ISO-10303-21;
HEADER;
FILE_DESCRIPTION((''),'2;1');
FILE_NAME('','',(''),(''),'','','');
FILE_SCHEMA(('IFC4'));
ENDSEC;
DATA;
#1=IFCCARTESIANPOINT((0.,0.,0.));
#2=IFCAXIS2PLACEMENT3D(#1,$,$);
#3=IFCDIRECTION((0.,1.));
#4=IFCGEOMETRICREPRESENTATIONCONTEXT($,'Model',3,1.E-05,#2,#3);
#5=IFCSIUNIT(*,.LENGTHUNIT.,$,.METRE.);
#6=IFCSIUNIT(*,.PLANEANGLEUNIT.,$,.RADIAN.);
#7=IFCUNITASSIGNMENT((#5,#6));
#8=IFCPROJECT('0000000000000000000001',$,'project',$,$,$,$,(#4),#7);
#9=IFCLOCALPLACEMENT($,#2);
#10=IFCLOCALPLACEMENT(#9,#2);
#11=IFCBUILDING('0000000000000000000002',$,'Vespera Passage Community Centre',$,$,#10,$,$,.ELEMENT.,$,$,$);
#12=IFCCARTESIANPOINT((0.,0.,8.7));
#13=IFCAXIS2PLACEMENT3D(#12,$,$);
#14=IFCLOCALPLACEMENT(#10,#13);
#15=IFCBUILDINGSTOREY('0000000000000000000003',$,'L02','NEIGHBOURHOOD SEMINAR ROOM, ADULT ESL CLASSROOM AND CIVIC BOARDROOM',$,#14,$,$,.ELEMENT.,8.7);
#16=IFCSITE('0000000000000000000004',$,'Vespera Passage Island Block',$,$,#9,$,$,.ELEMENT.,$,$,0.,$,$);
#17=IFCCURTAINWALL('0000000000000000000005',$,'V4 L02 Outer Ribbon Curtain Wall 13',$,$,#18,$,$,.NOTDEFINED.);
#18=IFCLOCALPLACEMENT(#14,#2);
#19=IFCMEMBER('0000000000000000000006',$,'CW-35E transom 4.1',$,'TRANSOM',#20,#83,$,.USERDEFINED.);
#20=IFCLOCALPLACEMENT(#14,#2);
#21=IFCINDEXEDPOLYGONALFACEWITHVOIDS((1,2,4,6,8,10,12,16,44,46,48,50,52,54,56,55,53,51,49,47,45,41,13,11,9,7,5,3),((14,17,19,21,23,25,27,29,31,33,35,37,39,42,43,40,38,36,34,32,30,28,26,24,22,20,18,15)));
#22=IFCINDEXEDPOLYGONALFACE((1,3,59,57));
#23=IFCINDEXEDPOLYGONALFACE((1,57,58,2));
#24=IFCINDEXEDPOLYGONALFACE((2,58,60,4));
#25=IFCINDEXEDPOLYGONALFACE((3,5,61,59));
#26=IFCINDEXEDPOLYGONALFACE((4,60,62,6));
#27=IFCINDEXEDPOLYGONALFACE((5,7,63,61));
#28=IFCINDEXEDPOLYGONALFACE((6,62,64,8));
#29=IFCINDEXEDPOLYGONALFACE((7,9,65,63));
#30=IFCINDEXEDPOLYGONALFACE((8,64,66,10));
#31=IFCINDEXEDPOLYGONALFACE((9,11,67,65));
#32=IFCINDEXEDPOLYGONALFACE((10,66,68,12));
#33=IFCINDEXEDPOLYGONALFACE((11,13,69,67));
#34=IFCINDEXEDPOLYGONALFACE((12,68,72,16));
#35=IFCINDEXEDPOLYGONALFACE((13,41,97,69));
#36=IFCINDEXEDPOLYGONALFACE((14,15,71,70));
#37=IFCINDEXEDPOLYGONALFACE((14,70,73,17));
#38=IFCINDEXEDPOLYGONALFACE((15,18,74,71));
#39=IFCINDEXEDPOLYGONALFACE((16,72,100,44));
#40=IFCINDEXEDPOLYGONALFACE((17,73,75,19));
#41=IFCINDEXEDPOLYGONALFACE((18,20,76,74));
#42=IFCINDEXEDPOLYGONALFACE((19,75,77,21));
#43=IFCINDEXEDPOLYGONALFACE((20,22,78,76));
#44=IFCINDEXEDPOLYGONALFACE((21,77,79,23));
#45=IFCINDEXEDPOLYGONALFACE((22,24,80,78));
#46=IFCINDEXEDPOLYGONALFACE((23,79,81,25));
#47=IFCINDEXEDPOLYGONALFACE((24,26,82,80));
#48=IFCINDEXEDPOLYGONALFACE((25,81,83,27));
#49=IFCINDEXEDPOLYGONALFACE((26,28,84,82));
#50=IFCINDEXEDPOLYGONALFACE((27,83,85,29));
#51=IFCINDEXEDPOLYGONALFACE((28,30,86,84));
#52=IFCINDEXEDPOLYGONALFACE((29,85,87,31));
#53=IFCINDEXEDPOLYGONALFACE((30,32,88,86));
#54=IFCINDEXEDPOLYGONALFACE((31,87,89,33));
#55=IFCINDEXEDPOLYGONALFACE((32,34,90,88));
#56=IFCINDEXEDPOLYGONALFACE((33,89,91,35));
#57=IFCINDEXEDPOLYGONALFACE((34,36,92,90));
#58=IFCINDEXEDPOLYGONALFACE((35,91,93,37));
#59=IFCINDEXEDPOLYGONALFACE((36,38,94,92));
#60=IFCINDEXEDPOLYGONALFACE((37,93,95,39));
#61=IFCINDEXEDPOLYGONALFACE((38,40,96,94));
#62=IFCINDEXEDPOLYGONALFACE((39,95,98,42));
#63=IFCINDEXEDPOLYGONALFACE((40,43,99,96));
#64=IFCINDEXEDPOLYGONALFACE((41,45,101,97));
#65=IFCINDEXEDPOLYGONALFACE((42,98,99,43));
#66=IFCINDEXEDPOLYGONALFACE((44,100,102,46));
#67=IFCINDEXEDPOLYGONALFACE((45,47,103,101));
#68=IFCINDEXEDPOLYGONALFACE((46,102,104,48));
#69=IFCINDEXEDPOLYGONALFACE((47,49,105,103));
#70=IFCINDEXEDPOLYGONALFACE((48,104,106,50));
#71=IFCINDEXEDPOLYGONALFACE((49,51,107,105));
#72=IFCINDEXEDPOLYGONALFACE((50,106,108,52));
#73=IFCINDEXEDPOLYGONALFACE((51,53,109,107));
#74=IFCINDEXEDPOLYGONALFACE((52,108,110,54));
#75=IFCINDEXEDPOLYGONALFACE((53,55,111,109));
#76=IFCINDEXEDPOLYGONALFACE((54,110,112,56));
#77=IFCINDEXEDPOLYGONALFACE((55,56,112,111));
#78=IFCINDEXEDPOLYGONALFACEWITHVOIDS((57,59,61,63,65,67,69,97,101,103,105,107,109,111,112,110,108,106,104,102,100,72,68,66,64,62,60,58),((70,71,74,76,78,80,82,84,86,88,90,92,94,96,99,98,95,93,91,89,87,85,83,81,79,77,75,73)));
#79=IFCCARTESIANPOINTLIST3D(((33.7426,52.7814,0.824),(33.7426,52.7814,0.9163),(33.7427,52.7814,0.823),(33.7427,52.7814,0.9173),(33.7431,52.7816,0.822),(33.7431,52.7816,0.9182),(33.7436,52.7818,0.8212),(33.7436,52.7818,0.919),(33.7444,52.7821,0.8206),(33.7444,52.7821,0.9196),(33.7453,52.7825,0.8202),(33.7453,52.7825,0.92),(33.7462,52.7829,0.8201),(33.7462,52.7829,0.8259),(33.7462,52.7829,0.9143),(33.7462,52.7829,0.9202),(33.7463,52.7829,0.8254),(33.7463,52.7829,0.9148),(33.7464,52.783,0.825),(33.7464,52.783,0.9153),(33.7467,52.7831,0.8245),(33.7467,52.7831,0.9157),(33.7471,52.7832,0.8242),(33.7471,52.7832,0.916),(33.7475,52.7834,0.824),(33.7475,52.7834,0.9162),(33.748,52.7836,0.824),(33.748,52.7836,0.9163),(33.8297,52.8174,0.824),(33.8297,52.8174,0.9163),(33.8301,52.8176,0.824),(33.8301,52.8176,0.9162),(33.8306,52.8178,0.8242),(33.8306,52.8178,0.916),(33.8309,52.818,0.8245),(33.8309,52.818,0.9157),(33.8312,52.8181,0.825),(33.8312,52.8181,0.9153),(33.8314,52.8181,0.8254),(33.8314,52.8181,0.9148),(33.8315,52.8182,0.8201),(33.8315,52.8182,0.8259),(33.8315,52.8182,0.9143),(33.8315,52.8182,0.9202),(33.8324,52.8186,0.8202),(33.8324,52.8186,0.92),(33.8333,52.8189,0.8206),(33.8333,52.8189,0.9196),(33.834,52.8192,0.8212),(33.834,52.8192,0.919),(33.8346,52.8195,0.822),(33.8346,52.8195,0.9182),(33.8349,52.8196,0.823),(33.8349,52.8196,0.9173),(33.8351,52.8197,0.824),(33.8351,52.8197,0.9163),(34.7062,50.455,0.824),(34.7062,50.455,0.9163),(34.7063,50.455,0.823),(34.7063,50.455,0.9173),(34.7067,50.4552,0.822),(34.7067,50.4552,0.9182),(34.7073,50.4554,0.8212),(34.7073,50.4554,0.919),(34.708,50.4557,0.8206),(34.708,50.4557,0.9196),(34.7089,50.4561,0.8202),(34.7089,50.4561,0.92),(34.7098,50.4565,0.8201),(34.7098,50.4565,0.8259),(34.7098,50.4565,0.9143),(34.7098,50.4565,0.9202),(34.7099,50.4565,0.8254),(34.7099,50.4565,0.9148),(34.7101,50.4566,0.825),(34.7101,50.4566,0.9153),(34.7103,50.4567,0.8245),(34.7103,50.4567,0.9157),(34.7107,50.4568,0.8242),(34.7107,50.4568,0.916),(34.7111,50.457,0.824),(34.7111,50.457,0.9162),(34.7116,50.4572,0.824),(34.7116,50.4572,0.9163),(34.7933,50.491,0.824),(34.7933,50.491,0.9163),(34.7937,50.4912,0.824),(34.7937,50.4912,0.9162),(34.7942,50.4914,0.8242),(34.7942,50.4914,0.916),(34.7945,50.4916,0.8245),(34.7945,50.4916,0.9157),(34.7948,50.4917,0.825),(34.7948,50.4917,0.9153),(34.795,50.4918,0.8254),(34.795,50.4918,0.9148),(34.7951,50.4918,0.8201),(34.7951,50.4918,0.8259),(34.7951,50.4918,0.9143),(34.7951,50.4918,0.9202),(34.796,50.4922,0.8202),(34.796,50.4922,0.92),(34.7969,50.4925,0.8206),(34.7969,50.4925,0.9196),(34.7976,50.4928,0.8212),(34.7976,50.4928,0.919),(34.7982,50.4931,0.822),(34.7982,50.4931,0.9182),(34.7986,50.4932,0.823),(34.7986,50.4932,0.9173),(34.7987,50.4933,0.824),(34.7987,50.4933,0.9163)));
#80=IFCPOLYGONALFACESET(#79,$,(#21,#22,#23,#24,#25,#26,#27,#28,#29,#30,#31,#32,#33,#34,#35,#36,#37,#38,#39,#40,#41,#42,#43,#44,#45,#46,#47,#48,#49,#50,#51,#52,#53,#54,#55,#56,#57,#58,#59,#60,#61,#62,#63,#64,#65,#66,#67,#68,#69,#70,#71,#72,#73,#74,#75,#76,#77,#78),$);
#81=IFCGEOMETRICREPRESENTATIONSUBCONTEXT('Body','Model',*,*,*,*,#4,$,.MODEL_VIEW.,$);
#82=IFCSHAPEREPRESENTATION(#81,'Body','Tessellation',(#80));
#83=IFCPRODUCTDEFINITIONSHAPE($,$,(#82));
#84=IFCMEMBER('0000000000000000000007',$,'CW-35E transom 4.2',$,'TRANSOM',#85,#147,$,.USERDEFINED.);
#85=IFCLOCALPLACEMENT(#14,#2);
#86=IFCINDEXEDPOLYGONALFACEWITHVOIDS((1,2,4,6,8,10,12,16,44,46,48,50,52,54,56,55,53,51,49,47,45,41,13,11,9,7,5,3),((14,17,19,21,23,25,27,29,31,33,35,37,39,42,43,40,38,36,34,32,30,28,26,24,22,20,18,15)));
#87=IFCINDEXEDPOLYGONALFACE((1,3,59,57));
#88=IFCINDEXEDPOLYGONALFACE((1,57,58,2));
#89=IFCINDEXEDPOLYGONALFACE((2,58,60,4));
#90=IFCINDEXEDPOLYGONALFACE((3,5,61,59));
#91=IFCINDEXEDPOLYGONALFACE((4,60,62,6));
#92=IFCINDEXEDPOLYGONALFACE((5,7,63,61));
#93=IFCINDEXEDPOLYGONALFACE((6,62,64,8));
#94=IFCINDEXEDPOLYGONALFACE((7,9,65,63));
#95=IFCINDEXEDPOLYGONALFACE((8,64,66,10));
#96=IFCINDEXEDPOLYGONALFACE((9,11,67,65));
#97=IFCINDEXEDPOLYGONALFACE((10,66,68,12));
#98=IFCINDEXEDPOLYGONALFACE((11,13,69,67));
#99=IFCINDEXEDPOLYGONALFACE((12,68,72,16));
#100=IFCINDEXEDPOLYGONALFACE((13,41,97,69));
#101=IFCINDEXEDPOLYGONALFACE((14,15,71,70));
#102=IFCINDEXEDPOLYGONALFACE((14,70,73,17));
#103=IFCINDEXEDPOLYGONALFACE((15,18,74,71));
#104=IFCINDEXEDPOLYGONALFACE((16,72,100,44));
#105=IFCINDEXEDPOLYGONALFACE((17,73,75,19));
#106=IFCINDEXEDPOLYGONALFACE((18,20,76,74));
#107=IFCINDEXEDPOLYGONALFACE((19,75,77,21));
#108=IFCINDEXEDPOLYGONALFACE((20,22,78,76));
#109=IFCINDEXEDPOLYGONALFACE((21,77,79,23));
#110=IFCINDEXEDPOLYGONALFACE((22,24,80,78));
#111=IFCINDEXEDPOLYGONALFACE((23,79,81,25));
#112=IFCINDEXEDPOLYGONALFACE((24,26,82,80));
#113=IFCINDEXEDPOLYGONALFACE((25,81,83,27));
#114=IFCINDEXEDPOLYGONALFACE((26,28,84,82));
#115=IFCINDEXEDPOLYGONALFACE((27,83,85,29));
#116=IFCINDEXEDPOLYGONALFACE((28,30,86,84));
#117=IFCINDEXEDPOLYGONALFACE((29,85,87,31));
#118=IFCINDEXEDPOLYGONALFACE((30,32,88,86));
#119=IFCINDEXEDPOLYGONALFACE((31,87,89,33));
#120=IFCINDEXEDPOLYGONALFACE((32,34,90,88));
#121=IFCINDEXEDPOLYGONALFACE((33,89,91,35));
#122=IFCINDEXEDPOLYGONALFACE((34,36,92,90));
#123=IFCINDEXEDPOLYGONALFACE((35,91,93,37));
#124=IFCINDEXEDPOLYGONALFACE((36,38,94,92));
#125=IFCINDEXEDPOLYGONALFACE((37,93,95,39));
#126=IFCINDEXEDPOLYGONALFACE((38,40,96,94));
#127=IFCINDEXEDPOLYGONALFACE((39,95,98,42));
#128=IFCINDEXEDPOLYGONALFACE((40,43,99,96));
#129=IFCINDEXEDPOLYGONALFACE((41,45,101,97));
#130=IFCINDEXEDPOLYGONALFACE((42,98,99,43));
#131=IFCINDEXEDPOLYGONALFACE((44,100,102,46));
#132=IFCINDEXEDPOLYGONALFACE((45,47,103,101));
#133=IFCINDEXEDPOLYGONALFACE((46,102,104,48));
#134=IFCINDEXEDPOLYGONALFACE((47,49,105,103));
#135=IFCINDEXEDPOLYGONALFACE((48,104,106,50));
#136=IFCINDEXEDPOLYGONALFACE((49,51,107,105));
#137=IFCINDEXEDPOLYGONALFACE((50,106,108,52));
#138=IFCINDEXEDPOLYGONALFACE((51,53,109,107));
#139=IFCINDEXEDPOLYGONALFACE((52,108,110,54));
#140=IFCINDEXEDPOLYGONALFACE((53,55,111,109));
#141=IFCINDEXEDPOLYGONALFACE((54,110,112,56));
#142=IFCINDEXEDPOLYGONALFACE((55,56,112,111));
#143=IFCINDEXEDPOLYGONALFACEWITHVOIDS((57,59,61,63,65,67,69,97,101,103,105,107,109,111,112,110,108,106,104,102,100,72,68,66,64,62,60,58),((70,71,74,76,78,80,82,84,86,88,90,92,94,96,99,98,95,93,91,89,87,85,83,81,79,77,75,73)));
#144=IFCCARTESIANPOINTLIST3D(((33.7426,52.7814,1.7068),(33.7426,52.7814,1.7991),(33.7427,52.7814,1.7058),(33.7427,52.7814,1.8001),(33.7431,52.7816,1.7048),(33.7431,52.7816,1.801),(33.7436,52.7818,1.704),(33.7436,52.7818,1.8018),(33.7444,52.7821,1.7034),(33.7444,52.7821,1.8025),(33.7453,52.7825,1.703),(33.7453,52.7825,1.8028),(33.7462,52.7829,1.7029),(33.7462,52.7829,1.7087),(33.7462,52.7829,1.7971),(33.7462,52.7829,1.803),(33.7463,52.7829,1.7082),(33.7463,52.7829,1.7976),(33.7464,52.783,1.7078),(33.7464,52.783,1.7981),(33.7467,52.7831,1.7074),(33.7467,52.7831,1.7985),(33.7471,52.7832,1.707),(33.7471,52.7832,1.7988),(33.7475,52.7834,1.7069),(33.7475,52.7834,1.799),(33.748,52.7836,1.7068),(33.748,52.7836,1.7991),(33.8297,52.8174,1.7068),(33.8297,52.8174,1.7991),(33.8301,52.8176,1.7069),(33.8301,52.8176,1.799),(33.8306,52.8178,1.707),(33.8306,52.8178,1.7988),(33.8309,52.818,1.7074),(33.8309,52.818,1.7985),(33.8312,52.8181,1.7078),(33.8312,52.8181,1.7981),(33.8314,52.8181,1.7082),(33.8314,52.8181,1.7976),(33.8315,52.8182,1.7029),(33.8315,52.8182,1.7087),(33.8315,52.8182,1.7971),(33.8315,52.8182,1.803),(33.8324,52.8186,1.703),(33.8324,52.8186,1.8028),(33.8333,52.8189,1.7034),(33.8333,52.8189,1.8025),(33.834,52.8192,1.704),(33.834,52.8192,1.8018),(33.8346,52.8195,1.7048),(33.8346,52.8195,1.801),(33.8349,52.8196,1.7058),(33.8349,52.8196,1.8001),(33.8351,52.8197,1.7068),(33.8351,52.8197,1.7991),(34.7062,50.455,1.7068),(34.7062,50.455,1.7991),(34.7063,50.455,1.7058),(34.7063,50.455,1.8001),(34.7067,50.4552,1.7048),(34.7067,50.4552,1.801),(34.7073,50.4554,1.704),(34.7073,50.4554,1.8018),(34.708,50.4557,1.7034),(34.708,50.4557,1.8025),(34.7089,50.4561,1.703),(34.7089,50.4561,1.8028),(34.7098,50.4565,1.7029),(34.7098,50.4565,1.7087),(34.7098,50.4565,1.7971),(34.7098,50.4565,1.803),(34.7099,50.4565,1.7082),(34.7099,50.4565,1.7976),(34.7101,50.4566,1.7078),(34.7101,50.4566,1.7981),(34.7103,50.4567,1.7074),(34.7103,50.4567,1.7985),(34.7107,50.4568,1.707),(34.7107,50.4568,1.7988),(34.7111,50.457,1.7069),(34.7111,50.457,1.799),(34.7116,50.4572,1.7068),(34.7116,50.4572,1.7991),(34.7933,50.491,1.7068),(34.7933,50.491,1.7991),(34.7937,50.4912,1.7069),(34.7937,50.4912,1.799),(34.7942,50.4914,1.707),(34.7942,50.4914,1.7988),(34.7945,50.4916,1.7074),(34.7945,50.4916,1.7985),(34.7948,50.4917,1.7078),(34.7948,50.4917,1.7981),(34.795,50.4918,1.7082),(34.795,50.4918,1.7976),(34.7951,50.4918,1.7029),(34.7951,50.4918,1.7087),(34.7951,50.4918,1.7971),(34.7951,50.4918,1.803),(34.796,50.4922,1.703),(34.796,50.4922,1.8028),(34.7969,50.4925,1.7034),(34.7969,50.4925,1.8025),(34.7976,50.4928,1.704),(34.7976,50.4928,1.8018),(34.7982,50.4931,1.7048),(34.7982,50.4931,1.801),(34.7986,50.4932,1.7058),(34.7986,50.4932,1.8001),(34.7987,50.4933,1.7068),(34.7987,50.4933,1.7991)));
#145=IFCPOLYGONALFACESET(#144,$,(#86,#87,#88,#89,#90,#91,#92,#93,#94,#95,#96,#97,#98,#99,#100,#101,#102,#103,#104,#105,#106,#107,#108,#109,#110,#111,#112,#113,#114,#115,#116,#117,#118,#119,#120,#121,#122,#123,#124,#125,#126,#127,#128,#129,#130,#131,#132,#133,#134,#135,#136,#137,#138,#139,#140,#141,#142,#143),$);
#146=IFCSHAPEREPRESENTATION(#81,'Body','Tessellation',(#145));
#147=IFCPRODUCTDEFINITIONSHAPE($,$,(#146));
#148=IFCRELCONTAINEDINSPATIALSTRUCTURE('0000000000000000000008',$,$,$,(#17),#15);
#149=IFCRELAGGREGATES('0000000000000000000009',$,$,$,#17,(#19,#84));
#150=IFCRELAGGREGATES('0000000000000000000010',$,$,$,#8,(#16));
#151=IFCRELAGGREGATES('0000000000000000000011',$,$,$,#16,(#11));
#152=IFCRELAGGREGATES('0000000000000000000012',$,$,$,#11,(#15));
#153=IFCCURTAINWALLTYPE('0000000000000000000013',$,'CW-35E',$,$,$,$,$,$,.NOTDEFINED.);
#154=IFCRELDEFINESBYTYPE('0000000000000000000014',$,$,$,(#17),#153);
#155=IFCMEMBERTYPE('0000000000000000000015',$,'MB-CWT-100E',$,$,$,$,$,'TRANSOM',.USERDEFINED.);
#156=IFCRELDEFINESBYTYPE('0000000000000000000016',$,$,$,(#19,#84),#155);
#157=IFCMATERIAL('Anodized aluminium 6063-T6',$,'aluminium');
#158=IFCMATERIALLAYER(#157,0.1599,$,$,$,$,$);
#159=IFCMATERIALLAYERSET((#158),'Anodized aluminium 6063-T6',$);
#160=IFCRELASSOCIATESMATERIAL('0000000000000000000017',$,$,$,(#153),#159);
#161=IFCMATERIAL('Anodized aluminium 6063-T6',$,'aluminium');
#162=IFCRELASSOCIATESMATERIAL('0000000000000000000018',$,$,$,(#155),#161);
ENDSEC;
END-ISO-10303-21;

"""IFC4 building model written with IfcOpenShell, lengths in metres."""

from ifc_helpers import new_model, si_unit, direction, frame, origin, origin_2d, place, context, subcontext, project, spatial, hollow_rectangle, extrude, material, layer, layer_set, material_profile, profile_set, type_object, element, aggregate, save


model = new_model("IFC4")

# Units and contexts
model_context = context("Model", 3, precision=1e-05, world=origin(), true_north=direction((0.0, 1.0)))
body_context = subcontext(model_context, "Body", "Model", "MODEL_VIEW")
ifc_project = project(units=[si_unit("LENGTHUNIT", "METRE"), si_unit("PLANEANGLEUNIT", "RADIAN")], contexts=[model_context])

# Site, building, storey
site_placement = place(None, origin())
site = spatial("IfcSite", under=ifc_project, at=site_placement, Name="Vespera Passage Island Block", CompositionType="ELEMENT", RefElevation=0.0)
building_placement = place(site_placement, origin())
building = spatial("IfcBuilding", under=site, at=building_placement, Name="Vespera Passage Community Centre", CompositionType="ELEMENT")
storey_placement = place(building_placement, frame((0.0, 0.0, 8.7)))
storey = spatial("IfcBuildingStorey", under=building, at=storey_placement, Name="L02", Description="NEIGHBOURHOOD SEMINAR ROOM, ADULT ESL CLASSROOM AND CIVIC BOARDROOM", CompositionType="ELEMENT", Elevation=8.7)

# Curtain wall, members
ifc_material_1 = material(Name="Anodized aluminium 6063-T6", Category="aluminium")
ifc_layer_1 = layer(ifc_material_1, 0.1599)
ifc_layer_set_1 = layer_set([ifc_layer_1], Name="Anodized aluminium 6063-T6")
curtain_wall_type = type_object("IfcCurtainWallType", Name="CW-35E", PredefinedType="NOTDEFINED", material=ifc_layer_set_1)
curtain_wall_placement = place(storey_placement, origin())
curtain_wall = element("IfcCurtainWall", 1, at=curtain_wall_placement, inside=storey, type_object=curtain_wall_type, Name="V4 L02 Outer Ribbon Curtain Wall 13", PredefinedType="NOTDEFINED")
ifc_material_2 = material(Name="Anodized aluminium 6063-T6", Category="aluminium")
ifc_material_profile_1 = material_profile(ifc_material_2, hollow_rectangle(XDim=0.1001, YDim=0.1001, WallThickness=0.0039, InnerFilletRadius=0.002, OuterFilletRadius=0.0039, at=origin_2d()), Name="ALU100X100X4")
ifc_profile_set_1 = profile_set([ifc_material_profile_1], Name="Anodized aluminium 6063-T6")
member_type_1 = type_object("IfcMemberType", Name="MB-CWT-100E", ElementType="TRANSOM", PredefinedType="USERDEFINED", material=ifc_profile_set_1)
member_1_placement = place(storey_placement, frame((34.7524, 50.4741, 0.8701), z_axis=(-0.38268, 0.923881, 0.0), x_axis=(-0.923881, -0.38268, 0.0)))
member_1 = element("IfcMember", 2, at=member_1_placement, type_object=member_type_1, Name="CW-35E transom 4.1", ObjectType="TRANSOM", PredefinedType="USERDEFINED", context=body_context, shape_type="SweptSolid", body=[
    extrude(hollow_rectangle(XDim=0.1001, YDim=0.1001, WallThickness=0.0039, InnerFilletRadius=0.002, OuterFilletRadius=0.0039, at=origin_2d()), origin(), (0.0, 0.0, 1.0), 2.5181),
])
member_2_placement = place(storey_placement, frame((34.7524, 50.4741, 1.7529), z_axis=(-0.38268, 0.923881, 0.0), x_axis=(-0.923881, -0.38268, 0.0)))
member_2 = element("IfcMember", 3, at=member_2_placement, type_object=member_type_1, Name="CW-35E transom 4.2", ObjectType="TRANSOM", PredefinedType="USERDEFINED", context=body_context, shape_type="SweptSolid", body=[
    extrude(hollow_rectangle(XDim=0.1001, YDim=0.1001, WallThickness=0.0039, InnerFilletRadius=0.002, OuterFilletRadius=0.0039, at=origin_2d()), origin(), (0.0, 0.0, 1.0), 2.5181),
])
aggregate(curtain_wall, [member_1, member_2])

save(model, "model.ifc")
